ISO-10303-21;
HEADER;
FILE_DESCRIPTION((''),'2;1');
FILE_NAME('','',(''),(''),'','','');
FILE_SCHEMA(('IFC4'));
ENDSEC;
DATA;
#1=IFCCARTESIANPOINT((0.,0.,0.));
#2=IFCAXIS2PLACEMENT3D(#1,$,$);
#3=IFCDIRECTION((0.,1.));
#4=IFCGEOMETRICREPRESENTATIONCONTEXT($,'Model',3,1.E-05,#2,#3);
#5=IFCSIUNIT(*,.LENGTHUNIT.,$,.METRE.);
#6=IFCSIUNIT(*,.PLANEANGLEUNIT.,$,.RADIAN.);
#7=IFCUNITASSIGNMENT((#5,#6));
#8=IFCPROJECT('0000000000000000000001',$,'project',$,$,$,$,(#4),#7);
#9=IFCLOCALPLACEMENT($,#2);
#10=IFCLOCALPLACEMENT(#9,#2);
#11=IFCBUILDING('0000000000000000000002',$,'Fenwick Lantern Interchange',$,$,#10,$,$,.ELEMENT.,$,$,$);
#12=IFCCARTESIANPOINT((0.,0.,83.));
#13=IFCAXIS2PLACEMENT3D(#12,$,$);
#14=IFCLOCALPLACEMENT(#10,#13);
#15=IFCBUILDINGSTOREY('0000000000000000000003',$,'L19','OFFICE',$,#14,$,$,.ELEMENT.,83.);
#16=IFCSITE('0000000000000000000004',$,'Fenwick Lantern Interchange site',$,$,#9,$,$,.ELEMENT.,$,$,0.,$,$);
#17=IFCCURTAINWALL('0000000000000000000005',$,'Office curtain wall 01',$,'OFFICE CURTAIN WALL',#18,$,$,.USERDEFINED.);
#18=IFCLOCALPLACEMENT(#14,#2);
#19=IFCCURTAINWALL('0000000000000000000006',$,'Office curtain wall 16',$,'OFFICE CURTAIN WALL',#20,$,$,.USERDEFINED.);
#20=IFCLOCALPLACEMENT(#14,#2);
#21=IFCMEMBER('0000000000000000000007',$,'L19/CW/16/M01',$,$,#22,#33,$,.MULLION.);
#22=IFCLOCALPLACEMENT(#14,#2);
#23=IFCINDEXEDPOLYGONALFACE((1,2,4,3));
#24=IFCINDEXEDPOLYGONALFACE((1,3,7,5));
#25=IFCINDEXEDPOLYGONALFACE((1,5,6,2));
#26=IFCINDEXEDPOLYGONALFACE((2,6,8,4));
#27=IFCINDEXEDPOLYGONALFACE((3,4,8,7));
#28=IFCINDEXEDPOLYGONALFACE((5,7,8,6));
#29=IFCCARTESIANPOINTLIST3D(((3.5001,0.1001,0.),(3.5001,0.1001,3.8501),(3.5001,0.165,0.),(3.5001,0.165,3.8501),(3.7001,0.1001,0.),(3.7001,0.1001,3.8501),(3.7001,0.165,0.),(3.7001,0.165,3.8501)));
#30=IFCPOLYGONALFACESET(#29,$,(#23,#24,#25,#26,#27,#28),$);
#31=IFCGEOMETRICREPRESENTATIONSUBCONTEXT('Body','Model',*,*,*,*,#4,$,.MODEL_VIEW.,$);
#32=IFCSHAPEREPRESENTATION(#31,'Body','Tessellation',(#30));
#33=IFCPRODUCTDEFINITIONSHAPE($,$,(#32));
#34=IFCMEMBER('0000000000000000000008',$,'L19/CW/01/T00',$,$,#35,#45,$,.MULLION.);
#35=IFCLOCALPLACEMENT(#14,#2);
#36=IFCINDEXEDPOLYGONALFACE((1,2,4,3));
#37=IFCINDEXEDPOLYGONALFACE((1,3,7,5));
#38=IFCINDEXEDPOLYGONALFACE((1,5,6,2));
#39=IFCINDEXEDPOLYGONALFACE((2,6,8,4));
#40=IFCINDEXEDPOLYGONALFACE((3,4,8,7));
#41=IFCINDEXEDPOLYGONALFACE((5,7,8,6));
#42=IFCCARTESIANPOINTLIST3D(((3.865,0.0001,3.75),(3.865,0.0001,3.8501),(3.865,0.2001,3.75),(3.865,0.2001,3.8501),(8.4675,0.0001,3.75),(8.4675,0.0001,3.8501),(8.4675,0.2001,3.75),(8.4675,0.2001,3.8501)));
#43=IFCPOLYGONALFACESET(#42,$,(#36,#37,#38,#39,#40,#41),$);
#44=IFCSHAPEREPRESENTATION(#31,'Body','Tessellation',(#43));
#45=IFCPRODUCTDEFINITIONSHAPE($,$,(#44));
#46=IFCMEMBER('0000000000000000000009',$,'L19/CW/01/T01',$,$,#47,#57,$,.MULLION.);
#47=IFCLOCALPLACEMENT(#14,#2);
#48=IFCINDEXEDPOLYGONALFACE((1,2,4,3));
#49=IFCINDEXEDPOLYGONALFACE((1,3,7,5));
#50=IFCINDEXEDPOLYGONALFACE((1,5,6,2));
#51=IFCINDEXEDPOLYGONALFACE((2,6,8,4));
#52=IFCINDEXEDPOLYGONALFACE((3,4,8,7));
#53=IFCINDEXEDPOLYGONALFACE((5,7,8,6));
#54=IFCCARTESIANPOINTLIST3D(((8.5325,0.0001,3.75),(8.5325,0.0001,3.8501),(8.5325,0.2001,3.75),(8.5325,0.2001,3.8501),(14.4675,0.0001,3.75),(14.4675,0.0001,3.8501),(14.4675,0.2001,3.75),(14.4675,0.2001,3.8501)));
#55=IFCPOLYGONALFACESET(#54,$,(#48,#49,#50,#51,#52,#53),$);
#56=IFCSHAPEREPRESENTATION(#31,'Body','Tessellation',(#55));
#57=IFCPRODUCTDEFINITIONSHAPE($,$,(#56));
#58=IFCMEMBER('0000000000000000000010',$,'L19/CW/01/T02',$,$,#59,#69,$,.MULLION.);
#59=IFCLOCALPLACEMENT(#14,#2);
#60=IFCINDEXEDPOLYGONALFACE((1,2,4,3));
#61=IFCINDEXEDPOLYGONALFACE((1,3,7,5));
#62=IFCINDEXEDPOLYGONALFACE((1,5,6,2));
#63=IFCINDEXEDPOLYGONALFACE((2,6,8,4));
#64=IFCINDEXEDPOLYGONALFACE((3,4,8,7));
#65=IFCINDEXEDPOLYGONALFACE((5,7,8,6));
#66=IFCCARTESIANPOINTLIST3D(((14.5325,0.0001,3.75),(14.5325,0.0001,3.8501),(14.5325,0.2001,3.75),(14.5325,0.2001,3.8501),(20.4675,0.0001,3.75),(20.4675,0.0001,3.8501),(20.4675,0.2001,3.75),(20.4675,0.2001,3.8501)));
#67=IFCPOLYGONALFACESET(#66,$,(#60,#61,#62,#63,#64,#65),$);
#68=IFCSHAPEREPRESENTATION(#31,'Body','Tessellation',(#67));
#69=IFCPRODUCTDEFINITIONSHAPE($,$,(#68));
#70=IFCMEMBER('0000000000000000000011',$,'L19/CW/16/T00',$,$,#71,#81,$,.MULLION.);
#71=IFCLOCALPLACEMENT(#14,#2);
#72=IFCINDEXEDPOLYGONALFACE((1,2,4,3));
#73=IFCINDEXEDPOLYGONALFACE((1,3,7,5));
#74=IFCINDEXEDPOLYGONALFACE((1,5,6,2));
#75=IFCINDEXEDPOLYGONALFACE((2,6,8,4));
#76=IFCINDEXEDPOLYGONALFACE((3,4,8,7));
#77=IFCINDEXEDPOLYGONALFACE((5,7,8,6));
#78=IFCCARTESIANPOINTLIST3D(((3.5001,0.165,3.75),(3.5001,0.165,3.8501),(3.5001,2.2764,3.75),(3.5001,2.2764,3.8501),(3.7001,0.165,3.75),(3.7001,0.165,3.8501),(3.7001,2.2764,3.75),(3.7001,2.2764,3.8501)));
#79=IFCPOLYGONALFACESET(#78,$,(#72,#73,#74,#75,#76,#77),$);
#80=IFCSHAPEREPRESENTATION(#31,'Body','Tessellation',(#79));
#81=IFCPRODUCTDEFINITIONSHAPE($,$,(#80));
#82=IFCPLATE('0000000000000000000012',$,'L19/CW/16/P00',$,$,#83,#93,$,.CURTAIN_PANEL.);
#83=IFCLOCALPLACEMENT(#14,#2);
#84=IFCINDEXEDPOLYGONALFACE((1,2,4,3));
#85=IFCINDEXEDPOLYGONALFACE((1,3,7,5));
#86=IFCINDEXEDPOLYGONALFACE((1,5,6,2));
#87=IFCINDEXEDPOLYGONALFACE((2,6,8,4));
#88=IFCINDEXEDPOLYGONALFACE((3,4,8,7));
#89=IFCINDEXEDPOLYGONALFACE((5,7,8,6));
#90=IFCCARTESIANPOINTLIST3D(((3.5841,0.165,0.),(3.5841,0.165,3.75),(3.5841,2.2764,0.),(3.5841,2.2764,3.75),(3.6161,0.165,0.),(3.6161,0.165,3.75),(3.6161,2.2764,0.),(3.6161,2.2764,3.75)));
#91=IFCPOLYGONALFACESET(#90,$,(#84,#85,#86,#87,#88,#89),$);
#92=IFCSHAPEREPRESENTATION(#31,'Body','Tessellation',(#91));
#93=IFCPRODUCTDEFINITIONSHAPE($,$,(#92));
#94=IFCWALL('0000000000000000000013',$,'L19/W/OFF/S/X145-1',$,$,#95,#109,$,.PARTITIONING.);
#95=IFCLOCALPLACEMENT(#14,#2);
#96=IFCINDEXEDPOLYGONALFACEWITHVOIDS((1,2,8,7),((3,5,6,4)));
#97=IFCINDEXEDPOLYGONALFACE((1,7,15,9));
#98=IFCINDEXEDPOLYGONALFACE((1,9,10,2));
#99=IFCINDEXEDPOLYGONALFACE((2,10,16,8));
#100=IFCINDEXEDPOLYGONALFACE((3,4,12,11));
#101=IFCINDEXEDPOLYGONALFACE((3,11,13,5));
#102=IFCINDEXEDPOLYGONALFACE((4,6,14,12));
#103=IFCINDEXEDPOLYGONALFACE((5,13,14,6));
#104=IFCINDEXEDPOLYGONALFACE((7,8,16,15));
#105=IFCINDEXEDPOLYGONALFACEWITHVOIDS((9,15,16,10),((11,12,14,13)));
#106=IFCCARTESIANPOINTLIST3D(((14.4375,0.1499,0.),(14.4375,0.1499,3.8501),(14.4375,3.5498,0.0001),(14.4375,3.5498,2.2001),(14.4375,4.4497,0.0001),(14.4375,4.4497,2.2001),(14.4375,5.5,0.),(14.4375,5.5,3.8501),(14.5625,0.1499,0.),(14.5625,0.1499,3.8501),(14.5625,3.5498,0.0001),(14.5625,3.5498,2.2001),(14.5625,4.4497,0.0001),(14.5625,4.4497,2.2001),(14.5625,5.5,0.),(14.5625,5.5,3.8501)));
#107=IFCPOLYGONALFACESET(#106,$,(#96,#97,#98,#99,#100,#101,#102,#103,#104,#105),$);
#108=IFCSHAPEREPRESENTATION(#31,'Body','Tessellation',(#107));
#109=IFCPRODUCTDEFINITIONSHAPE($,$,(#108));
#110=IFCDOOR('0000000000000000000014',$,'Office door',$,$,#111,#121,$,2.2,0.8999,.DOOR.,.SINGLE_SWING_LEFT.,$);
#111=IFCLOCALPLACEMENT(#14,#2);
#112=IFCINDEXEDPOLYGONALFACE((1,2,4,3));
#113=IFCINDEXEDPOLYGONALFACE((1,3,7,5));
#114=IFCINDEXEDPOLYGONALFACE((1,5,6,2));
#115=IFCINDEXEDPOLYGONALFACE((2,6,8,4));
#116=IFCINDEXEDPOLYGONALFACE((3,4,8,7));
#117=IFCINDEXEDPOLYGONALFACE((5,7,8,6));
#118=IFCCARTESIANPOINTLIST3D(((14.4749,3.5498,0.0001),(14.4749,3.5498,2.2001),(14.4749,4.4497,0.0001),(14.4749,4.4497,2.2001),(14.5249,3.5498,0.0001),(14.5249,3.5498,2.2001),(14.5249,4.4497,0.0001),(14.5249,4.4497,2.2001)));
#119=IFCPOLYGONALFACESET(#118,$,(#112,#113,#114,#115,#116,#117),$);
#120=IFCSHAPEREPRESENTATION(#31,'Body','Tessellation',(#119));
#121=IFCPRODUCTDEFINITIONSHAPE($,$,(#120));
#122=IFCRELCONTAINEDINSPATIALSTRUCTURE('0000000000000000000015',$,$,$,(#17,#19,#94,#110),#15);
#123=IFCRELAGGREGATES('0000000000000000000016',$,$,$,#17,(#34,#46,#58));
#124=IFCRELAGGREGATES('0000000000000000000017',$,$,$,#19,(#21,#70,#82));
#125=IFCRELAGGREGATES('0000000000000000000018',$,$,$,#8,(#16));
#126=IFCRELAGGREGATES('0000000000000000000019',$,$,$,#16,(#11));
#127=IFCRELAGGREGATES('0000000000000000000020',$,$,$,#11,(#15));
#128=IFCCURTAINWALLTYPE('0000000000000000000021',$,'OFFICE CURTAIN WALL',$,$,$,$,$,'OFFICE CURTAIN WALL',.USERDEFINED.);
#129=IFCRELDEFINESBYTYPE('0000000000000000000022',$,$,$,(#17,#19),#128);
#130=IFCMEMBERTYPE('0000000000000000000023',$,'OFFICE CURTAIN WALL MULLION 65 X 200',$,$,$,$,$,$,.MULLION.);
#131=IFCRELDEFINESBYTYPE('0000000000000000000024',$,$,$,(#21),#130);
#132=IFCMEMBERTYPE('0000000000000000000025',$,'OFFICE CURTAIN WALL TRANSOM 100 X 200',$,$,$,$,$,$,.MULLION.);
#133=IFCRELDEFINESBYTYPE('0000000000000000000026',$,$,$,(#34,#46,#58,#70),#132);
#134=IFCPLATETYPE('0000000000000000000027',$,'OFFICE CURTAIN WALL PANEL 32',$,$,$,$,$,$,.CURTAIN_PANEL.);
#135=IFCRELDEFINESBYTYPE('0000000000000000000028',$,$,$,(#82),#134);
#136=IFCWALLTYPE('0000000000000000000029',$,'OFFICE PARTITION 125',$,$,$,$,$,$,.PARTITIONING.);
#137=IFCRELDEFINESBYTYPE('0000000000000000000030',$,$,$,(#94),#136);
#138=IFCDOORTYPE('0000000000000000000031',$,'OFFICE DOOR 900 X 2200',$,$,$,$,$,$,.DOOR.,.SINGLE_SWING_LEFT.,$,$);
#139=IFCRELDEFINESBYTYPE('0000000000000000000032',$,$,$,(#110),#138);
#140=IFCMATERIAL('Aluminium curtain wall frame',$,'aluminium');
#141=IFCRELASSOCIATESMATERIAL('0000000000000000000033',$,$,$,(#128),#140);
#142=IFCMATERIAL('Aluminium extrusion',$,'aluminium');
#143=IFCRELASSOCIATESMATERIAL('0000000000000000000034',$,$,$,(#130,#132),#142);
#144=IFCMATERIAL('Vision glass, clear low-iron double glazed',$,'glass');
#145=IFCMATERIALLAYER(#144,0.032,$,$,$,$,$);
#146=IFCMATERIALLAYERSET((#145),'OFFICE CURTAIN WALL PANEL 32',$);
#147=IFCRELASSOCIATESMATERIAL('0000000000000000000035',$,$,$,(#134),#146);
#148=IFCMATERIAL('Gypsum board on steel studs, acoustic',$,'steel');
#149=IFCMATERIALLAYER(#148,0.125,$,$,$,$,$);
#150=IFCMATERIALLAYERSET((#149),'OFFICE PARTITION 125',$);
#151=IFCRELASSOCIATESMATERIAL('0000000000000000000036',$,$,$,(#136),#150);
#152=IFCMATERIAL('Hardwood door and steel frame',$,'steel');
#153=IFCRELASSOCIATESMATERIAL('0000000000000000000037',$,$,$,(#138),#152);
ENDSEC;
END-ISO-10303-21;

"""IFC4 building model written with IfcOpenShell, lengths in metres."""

from ifc_helpers import new_model, si_unit, direction, frame, frame_2d, origin, origin_2d, place, context, subcontext, project, spatial, rectangle, extrude, material, layer, layer_set, material_profile, profile_set, type_object, element, fill, aggregate, save


model = new_model("IFC4")

# Units and contexts
model_context = context("Model", 3, precision=1e-05, world=origin(), true_north=direction((0.0, 1.0)))
body_context = subcontext(model_context, "Body", "Model", "MODEL_VIEW")
ifc_project = project(units=[si_unit("LENGTHUNIT", "METRE"), si_unit("PLANEANGLEUNIT", "RADIAN")], contexts=[model_context])

# Site, building, storey
site_placement = place(None, origin())
site = spatial("IfcSite", under=ifc_project, at=site_placement, Name="Fenwick Lantern Interchange site", CompositionType="ELEMENT", RefElevation=0.0)
building_placement = place(site_placement, origin())
building = spatial("IfcBuilding", under=site, at=building_placement, Name="Fenwick Lantern Interchange", CompositionType="ELEMENT")
storey_placement = place(building_placement, frame((0.0, 0.0, 83.0)))
storey = spatial("IfcBuildingStorey", under=building, at=storey_placement, Name="L19", Description="OFFICE", CompositionType="ELEMENT", Elevation=83.0)

# Curtain walls, member
ifc_material_1 = material(Name="Aluminium curtain wall frame", Category="aluminium")
curtain_wall_type = type_object("IfcCurtainWallType", Name="OFFICE CURTAIN WALL", ElementType="OFFICE CURTAIN WALL", PredefinedType="USERDEFINED", material=ifc_material_1)
curtain_wall_1_placement = place(storey_placement, origin())
curtain_wall_1 = element("IfcCurtainWall", 1, at=curtain_wall_1_placement, inside=storey, type_object=curtain_wall_type, Name="Office curtain wall 01", ObjectType="OFFICE CURTAIN WALL", PredefinedType="USERDEFINED")
ifc_material_2 = material(Name="Aluminium extrusion", Category="aluminium")
ifc_material_profile_1 = material_profile(ifc_material_2, rectangle(XDim=0.2, YDim=0.0649, at=origin_2d()), Name="OFFICE CURTAIN WALL MULLION 65 X 200")
ifc_profile_set_1 = profile_set([ifc_material_profile_1], Name="Aluminium extrusion")
member_type_1 = type_object("IfcMemberType", Name="OFFICE CURTAIN WALL MULLION 65 X 200", PredefinedType="MULLION", material=ifc_profile_set_1)
curtain_wall_2_placement = place(storey_placement, origin())
curtain_wall_2 = element("IfcCurtainWall", 2, at=curtain_wall_2_placement, inside=storey, type_object=curtain_wall_type, Name="Office curtain wall 16", ObjectType="OFFICE CURTAIN WALL", PredefinedType="USERDEFINED")
member_1_placement = place(storey_placement, frame((3.6001, 0.1326, 0.0), z_axis=(0.0, 0.0, 1.0), x_axis=(1.0, 0.0, 0.0)))
member_1 = element("IfcMember", 3, at=member_1_placement, type_object=member_type_1, Name="L19/CW/16/M01", PredefinedType="MULLION", context=body_context, shape_type="SweptSolid", body=[
    extrude(rectangle(XDim=0.2, YDim=0.0649, at=origin_2d()), origin(), (0.0, 0.0, 1.0), 3.8501),
])

# Members
ifc_material_profile_2 = material_profile(ifc_material_2, rectangle(XDim=0.2, YDim=0.1001, at=origin_2d()), Name="OFFICE CURTAIN WALL TRANSOM 100 X 200")
ifc_profile_set_2 = profile_set([ifc_material_profile_2], Name="Aluminium extrusion")
member_type_2 = type_object("IfcMemberType", Name="OFFICE CURTAIN WALL TRANSOM 100 X 200", PredefinedType="MULLION", material=ifc_profile_set_2)
member_2_placement = place(storey_placement, frame((3.865, 0.1001, 3.8), z_axis=(1.0, 0.0, 0.0), x_axis=(0.0, 1.0, 0.0)))
member_2 = element("IfcMember", 4, at=member_2_placement, type_object=member_type_2, Name="L19/CW/01/T00", PredefinedType="MULLION", context=body_context, shape_type="SweptSolid", body=[
    extrude(rectangle(XDim=0.2, YDim=0.1001, at=origin_2d()), origin(), (0.0, 0.0, 1.0), 4.6025),
])
member_3_placement = place(storey_placement, frame((8.5325, 0.1001, 3.8), z_axis=(1.0, 0.0, 0.0), x_axis=(0.0, 1.0, 0.0)))
member_3 = element("IfcMember", 5, at=member_3_placement, type_object=member_type_2, Name="L19/CW/01/T01", PredefinedType="MULLION", context=body_context, shape_type="SweptSolid", body=[
    extrude(rectangle(XDim=0.2, YDim=0.1001, at=origin_2d()), origin(), (0.0, 0.0, 1.0), 5.9351),
])
member_4_placement = place(storey_placement, frame((14.5325, 0.1001, 3.8), z_axis=(1.0, 0.0, 0.0), x_axis=(0.0, 1.0, 0.0)))
member_4 = element("IfcMember", 6, at=member_4_placement, type_object=member_type_2, Name="L19/CW/01/T02", PredefinedType="MULLION", context=body_context, shape_type="SweptSolid", body=[
    extrude(rectangle(XDim=0.2, YDim=0.1001, at=origin_2d()), origin(), (0.0, 0.0, 1.0), 5.9351),
])
aggregate(curtain_wall_1, [member_2, member_3, member_4])
member_5_placement = place(storey_placement, frame((3.6001, 2.2764, 3.8), z_axis=(0.0, -1.0, 0.0), x_axis=(1.0, 0.0, 0.0)))
member_5 = element("IfcMember", 7, at=member_5_placement, type_object=member_type_2, Name="L19/CW/16/T00", PredefinedType="MULLION", context=body_context, shape_type="SweptSolid", body=[
    extrude(rectangle(XDim=0.2, YDim=0.1001, at=origin_2d()), origin(), (0.0, 0.0, 1.0), 2.1113),
])

# Plate
ifc_material_3 = material(Name="Vision glass, clear low-iron double glazed", Category="glass")
ifc_layer_1 = layer(ifc_material_3, 0.032)
ifc_layer_set_1 = layer_set([ifc_layer_1], Name="OFFICE CURTAIN WALL PANEL 32")
plate_type = type_object("IfcPlateType", Name="OFFICE CURTAIN WALL PANEL 32", PredefinedType="CURTAIN_PANEL", material=ifc_layer_set_1)
plate_placement = place(storey_placement, frame((3.6001, 1.2207, 0.0), z_axis=(0.0, 0.0, 1.0), x_axis=(0.0, -1.0, 0.0)))
plate = element("IfcPlate", 8, at=plate_placement, type_object=plate_type, Name="L19/CW/16/P00", PredefinedType="CURTAIN_PANEL", context=body_context, shape_type="SweptSolid", body=[
    extrude(rectangle(XDim=2.1113, YDim=0.032, at=origin_2d()), origin(), (0.0, 0.0, 1.0), 3.75),
])
aggregate(curtain_wall_2, [member_1, member_5, plate])

# Wall, opening, door
ifc_material_4 = material(Name="Gypsum board on steel studs, acoustic", Category="steel")
ifc_layer_2 = layer(ifc_material_4, 0.125)
ifc_layer_set_2 = layer_set([ifc_layer_2], Name="OFFICE PARTITION 125")
wall_type = type_object("IfcWallType", Name="OFFICE PARTITION 125", PredefinedType="PARTITIONING", material=ifc_layer_set_2)
wall_1_placement = place(storey_placement, frame((14.5, 0.1499, 0.0), z_axis=(0.0, 0.0, 1.0), x_axis=(0.0, 1.0, 0.0)))
wall_1 = element("IfcWall", 9, at=wall_1_placement, inside=storey, type_object=wall_type, Name="L19/W/OFF/S/X145-1", PredefinedType="PARTITIONING", context=body_context, shape_type="SweptSolid", body=[
    extrude(rectangle(XDim=5.3501, YDim=0.125, at=frame_2d((2.675, 0.0))), origin(), (0.0, 0.0, 1.0), 3.8501),
])
opening_1_placement = place(wall_1_placement, frame((3.3999, 0.0, 0.0)))
opening_1 = element("IfcOpeningElement", 10, at=opening_1_placement, cuts=wall_1, PredefinedType="OPENING", context=body_context, shape_type="SweptSolid", body=[
    extrude(rectangle(XDim=0.8999, YDim=2.2, at=frame_2d((0.45, 1.1001))), frame((0.0, 0.0725, 0.0), z_axis=(0.0, -1.0, 0.0), x_axis=(1.0, 0.0, 0.0)), (0.0, 0.0, 1.0), 0.145),
])
ifc_material_5 = material(Name="Hardwood door and steel frame", Category="steel")
door_type = type_object("IfcDoorType", Name="OFFICE DOOR 900 X 2200", OperationType="SINGLE_SWING_LEFT", PredefinedType="DOOR", material=ifc_material_5)
door_1_placement = place(opening_1_placement, frame((0.8999, 0.0, 0.0), z_axis=(0.0, 0.0, 1.0), x_axis=(-1.0, 0.0, 0.0)))
door_1 = element("IfcDoor", 11, at=door_1_placement, inside=storey, type_object=door_type, Name="Office door", OperationType="SINGLE_SWING_LEFT", OverallHeight=2.2, OverallWidth=0.8999, PredefinedType="DOOR", context=body_context, shape_type="SweptSolid", body=[
    extrude(rectangle(XDim=0.8999, YDim=2.2, at=frame_2d((0.45, 1.1001))), frame((0.0, 0.0249, 0.0), z_axis=(0.0, -1.0, 0.0), x_axis=(1.0, 0.0, 0.0)), (0.0, 0.0, 1.0), 0.05),
])
fill(opening_1, door_1)

save(model, "model.ifc")
